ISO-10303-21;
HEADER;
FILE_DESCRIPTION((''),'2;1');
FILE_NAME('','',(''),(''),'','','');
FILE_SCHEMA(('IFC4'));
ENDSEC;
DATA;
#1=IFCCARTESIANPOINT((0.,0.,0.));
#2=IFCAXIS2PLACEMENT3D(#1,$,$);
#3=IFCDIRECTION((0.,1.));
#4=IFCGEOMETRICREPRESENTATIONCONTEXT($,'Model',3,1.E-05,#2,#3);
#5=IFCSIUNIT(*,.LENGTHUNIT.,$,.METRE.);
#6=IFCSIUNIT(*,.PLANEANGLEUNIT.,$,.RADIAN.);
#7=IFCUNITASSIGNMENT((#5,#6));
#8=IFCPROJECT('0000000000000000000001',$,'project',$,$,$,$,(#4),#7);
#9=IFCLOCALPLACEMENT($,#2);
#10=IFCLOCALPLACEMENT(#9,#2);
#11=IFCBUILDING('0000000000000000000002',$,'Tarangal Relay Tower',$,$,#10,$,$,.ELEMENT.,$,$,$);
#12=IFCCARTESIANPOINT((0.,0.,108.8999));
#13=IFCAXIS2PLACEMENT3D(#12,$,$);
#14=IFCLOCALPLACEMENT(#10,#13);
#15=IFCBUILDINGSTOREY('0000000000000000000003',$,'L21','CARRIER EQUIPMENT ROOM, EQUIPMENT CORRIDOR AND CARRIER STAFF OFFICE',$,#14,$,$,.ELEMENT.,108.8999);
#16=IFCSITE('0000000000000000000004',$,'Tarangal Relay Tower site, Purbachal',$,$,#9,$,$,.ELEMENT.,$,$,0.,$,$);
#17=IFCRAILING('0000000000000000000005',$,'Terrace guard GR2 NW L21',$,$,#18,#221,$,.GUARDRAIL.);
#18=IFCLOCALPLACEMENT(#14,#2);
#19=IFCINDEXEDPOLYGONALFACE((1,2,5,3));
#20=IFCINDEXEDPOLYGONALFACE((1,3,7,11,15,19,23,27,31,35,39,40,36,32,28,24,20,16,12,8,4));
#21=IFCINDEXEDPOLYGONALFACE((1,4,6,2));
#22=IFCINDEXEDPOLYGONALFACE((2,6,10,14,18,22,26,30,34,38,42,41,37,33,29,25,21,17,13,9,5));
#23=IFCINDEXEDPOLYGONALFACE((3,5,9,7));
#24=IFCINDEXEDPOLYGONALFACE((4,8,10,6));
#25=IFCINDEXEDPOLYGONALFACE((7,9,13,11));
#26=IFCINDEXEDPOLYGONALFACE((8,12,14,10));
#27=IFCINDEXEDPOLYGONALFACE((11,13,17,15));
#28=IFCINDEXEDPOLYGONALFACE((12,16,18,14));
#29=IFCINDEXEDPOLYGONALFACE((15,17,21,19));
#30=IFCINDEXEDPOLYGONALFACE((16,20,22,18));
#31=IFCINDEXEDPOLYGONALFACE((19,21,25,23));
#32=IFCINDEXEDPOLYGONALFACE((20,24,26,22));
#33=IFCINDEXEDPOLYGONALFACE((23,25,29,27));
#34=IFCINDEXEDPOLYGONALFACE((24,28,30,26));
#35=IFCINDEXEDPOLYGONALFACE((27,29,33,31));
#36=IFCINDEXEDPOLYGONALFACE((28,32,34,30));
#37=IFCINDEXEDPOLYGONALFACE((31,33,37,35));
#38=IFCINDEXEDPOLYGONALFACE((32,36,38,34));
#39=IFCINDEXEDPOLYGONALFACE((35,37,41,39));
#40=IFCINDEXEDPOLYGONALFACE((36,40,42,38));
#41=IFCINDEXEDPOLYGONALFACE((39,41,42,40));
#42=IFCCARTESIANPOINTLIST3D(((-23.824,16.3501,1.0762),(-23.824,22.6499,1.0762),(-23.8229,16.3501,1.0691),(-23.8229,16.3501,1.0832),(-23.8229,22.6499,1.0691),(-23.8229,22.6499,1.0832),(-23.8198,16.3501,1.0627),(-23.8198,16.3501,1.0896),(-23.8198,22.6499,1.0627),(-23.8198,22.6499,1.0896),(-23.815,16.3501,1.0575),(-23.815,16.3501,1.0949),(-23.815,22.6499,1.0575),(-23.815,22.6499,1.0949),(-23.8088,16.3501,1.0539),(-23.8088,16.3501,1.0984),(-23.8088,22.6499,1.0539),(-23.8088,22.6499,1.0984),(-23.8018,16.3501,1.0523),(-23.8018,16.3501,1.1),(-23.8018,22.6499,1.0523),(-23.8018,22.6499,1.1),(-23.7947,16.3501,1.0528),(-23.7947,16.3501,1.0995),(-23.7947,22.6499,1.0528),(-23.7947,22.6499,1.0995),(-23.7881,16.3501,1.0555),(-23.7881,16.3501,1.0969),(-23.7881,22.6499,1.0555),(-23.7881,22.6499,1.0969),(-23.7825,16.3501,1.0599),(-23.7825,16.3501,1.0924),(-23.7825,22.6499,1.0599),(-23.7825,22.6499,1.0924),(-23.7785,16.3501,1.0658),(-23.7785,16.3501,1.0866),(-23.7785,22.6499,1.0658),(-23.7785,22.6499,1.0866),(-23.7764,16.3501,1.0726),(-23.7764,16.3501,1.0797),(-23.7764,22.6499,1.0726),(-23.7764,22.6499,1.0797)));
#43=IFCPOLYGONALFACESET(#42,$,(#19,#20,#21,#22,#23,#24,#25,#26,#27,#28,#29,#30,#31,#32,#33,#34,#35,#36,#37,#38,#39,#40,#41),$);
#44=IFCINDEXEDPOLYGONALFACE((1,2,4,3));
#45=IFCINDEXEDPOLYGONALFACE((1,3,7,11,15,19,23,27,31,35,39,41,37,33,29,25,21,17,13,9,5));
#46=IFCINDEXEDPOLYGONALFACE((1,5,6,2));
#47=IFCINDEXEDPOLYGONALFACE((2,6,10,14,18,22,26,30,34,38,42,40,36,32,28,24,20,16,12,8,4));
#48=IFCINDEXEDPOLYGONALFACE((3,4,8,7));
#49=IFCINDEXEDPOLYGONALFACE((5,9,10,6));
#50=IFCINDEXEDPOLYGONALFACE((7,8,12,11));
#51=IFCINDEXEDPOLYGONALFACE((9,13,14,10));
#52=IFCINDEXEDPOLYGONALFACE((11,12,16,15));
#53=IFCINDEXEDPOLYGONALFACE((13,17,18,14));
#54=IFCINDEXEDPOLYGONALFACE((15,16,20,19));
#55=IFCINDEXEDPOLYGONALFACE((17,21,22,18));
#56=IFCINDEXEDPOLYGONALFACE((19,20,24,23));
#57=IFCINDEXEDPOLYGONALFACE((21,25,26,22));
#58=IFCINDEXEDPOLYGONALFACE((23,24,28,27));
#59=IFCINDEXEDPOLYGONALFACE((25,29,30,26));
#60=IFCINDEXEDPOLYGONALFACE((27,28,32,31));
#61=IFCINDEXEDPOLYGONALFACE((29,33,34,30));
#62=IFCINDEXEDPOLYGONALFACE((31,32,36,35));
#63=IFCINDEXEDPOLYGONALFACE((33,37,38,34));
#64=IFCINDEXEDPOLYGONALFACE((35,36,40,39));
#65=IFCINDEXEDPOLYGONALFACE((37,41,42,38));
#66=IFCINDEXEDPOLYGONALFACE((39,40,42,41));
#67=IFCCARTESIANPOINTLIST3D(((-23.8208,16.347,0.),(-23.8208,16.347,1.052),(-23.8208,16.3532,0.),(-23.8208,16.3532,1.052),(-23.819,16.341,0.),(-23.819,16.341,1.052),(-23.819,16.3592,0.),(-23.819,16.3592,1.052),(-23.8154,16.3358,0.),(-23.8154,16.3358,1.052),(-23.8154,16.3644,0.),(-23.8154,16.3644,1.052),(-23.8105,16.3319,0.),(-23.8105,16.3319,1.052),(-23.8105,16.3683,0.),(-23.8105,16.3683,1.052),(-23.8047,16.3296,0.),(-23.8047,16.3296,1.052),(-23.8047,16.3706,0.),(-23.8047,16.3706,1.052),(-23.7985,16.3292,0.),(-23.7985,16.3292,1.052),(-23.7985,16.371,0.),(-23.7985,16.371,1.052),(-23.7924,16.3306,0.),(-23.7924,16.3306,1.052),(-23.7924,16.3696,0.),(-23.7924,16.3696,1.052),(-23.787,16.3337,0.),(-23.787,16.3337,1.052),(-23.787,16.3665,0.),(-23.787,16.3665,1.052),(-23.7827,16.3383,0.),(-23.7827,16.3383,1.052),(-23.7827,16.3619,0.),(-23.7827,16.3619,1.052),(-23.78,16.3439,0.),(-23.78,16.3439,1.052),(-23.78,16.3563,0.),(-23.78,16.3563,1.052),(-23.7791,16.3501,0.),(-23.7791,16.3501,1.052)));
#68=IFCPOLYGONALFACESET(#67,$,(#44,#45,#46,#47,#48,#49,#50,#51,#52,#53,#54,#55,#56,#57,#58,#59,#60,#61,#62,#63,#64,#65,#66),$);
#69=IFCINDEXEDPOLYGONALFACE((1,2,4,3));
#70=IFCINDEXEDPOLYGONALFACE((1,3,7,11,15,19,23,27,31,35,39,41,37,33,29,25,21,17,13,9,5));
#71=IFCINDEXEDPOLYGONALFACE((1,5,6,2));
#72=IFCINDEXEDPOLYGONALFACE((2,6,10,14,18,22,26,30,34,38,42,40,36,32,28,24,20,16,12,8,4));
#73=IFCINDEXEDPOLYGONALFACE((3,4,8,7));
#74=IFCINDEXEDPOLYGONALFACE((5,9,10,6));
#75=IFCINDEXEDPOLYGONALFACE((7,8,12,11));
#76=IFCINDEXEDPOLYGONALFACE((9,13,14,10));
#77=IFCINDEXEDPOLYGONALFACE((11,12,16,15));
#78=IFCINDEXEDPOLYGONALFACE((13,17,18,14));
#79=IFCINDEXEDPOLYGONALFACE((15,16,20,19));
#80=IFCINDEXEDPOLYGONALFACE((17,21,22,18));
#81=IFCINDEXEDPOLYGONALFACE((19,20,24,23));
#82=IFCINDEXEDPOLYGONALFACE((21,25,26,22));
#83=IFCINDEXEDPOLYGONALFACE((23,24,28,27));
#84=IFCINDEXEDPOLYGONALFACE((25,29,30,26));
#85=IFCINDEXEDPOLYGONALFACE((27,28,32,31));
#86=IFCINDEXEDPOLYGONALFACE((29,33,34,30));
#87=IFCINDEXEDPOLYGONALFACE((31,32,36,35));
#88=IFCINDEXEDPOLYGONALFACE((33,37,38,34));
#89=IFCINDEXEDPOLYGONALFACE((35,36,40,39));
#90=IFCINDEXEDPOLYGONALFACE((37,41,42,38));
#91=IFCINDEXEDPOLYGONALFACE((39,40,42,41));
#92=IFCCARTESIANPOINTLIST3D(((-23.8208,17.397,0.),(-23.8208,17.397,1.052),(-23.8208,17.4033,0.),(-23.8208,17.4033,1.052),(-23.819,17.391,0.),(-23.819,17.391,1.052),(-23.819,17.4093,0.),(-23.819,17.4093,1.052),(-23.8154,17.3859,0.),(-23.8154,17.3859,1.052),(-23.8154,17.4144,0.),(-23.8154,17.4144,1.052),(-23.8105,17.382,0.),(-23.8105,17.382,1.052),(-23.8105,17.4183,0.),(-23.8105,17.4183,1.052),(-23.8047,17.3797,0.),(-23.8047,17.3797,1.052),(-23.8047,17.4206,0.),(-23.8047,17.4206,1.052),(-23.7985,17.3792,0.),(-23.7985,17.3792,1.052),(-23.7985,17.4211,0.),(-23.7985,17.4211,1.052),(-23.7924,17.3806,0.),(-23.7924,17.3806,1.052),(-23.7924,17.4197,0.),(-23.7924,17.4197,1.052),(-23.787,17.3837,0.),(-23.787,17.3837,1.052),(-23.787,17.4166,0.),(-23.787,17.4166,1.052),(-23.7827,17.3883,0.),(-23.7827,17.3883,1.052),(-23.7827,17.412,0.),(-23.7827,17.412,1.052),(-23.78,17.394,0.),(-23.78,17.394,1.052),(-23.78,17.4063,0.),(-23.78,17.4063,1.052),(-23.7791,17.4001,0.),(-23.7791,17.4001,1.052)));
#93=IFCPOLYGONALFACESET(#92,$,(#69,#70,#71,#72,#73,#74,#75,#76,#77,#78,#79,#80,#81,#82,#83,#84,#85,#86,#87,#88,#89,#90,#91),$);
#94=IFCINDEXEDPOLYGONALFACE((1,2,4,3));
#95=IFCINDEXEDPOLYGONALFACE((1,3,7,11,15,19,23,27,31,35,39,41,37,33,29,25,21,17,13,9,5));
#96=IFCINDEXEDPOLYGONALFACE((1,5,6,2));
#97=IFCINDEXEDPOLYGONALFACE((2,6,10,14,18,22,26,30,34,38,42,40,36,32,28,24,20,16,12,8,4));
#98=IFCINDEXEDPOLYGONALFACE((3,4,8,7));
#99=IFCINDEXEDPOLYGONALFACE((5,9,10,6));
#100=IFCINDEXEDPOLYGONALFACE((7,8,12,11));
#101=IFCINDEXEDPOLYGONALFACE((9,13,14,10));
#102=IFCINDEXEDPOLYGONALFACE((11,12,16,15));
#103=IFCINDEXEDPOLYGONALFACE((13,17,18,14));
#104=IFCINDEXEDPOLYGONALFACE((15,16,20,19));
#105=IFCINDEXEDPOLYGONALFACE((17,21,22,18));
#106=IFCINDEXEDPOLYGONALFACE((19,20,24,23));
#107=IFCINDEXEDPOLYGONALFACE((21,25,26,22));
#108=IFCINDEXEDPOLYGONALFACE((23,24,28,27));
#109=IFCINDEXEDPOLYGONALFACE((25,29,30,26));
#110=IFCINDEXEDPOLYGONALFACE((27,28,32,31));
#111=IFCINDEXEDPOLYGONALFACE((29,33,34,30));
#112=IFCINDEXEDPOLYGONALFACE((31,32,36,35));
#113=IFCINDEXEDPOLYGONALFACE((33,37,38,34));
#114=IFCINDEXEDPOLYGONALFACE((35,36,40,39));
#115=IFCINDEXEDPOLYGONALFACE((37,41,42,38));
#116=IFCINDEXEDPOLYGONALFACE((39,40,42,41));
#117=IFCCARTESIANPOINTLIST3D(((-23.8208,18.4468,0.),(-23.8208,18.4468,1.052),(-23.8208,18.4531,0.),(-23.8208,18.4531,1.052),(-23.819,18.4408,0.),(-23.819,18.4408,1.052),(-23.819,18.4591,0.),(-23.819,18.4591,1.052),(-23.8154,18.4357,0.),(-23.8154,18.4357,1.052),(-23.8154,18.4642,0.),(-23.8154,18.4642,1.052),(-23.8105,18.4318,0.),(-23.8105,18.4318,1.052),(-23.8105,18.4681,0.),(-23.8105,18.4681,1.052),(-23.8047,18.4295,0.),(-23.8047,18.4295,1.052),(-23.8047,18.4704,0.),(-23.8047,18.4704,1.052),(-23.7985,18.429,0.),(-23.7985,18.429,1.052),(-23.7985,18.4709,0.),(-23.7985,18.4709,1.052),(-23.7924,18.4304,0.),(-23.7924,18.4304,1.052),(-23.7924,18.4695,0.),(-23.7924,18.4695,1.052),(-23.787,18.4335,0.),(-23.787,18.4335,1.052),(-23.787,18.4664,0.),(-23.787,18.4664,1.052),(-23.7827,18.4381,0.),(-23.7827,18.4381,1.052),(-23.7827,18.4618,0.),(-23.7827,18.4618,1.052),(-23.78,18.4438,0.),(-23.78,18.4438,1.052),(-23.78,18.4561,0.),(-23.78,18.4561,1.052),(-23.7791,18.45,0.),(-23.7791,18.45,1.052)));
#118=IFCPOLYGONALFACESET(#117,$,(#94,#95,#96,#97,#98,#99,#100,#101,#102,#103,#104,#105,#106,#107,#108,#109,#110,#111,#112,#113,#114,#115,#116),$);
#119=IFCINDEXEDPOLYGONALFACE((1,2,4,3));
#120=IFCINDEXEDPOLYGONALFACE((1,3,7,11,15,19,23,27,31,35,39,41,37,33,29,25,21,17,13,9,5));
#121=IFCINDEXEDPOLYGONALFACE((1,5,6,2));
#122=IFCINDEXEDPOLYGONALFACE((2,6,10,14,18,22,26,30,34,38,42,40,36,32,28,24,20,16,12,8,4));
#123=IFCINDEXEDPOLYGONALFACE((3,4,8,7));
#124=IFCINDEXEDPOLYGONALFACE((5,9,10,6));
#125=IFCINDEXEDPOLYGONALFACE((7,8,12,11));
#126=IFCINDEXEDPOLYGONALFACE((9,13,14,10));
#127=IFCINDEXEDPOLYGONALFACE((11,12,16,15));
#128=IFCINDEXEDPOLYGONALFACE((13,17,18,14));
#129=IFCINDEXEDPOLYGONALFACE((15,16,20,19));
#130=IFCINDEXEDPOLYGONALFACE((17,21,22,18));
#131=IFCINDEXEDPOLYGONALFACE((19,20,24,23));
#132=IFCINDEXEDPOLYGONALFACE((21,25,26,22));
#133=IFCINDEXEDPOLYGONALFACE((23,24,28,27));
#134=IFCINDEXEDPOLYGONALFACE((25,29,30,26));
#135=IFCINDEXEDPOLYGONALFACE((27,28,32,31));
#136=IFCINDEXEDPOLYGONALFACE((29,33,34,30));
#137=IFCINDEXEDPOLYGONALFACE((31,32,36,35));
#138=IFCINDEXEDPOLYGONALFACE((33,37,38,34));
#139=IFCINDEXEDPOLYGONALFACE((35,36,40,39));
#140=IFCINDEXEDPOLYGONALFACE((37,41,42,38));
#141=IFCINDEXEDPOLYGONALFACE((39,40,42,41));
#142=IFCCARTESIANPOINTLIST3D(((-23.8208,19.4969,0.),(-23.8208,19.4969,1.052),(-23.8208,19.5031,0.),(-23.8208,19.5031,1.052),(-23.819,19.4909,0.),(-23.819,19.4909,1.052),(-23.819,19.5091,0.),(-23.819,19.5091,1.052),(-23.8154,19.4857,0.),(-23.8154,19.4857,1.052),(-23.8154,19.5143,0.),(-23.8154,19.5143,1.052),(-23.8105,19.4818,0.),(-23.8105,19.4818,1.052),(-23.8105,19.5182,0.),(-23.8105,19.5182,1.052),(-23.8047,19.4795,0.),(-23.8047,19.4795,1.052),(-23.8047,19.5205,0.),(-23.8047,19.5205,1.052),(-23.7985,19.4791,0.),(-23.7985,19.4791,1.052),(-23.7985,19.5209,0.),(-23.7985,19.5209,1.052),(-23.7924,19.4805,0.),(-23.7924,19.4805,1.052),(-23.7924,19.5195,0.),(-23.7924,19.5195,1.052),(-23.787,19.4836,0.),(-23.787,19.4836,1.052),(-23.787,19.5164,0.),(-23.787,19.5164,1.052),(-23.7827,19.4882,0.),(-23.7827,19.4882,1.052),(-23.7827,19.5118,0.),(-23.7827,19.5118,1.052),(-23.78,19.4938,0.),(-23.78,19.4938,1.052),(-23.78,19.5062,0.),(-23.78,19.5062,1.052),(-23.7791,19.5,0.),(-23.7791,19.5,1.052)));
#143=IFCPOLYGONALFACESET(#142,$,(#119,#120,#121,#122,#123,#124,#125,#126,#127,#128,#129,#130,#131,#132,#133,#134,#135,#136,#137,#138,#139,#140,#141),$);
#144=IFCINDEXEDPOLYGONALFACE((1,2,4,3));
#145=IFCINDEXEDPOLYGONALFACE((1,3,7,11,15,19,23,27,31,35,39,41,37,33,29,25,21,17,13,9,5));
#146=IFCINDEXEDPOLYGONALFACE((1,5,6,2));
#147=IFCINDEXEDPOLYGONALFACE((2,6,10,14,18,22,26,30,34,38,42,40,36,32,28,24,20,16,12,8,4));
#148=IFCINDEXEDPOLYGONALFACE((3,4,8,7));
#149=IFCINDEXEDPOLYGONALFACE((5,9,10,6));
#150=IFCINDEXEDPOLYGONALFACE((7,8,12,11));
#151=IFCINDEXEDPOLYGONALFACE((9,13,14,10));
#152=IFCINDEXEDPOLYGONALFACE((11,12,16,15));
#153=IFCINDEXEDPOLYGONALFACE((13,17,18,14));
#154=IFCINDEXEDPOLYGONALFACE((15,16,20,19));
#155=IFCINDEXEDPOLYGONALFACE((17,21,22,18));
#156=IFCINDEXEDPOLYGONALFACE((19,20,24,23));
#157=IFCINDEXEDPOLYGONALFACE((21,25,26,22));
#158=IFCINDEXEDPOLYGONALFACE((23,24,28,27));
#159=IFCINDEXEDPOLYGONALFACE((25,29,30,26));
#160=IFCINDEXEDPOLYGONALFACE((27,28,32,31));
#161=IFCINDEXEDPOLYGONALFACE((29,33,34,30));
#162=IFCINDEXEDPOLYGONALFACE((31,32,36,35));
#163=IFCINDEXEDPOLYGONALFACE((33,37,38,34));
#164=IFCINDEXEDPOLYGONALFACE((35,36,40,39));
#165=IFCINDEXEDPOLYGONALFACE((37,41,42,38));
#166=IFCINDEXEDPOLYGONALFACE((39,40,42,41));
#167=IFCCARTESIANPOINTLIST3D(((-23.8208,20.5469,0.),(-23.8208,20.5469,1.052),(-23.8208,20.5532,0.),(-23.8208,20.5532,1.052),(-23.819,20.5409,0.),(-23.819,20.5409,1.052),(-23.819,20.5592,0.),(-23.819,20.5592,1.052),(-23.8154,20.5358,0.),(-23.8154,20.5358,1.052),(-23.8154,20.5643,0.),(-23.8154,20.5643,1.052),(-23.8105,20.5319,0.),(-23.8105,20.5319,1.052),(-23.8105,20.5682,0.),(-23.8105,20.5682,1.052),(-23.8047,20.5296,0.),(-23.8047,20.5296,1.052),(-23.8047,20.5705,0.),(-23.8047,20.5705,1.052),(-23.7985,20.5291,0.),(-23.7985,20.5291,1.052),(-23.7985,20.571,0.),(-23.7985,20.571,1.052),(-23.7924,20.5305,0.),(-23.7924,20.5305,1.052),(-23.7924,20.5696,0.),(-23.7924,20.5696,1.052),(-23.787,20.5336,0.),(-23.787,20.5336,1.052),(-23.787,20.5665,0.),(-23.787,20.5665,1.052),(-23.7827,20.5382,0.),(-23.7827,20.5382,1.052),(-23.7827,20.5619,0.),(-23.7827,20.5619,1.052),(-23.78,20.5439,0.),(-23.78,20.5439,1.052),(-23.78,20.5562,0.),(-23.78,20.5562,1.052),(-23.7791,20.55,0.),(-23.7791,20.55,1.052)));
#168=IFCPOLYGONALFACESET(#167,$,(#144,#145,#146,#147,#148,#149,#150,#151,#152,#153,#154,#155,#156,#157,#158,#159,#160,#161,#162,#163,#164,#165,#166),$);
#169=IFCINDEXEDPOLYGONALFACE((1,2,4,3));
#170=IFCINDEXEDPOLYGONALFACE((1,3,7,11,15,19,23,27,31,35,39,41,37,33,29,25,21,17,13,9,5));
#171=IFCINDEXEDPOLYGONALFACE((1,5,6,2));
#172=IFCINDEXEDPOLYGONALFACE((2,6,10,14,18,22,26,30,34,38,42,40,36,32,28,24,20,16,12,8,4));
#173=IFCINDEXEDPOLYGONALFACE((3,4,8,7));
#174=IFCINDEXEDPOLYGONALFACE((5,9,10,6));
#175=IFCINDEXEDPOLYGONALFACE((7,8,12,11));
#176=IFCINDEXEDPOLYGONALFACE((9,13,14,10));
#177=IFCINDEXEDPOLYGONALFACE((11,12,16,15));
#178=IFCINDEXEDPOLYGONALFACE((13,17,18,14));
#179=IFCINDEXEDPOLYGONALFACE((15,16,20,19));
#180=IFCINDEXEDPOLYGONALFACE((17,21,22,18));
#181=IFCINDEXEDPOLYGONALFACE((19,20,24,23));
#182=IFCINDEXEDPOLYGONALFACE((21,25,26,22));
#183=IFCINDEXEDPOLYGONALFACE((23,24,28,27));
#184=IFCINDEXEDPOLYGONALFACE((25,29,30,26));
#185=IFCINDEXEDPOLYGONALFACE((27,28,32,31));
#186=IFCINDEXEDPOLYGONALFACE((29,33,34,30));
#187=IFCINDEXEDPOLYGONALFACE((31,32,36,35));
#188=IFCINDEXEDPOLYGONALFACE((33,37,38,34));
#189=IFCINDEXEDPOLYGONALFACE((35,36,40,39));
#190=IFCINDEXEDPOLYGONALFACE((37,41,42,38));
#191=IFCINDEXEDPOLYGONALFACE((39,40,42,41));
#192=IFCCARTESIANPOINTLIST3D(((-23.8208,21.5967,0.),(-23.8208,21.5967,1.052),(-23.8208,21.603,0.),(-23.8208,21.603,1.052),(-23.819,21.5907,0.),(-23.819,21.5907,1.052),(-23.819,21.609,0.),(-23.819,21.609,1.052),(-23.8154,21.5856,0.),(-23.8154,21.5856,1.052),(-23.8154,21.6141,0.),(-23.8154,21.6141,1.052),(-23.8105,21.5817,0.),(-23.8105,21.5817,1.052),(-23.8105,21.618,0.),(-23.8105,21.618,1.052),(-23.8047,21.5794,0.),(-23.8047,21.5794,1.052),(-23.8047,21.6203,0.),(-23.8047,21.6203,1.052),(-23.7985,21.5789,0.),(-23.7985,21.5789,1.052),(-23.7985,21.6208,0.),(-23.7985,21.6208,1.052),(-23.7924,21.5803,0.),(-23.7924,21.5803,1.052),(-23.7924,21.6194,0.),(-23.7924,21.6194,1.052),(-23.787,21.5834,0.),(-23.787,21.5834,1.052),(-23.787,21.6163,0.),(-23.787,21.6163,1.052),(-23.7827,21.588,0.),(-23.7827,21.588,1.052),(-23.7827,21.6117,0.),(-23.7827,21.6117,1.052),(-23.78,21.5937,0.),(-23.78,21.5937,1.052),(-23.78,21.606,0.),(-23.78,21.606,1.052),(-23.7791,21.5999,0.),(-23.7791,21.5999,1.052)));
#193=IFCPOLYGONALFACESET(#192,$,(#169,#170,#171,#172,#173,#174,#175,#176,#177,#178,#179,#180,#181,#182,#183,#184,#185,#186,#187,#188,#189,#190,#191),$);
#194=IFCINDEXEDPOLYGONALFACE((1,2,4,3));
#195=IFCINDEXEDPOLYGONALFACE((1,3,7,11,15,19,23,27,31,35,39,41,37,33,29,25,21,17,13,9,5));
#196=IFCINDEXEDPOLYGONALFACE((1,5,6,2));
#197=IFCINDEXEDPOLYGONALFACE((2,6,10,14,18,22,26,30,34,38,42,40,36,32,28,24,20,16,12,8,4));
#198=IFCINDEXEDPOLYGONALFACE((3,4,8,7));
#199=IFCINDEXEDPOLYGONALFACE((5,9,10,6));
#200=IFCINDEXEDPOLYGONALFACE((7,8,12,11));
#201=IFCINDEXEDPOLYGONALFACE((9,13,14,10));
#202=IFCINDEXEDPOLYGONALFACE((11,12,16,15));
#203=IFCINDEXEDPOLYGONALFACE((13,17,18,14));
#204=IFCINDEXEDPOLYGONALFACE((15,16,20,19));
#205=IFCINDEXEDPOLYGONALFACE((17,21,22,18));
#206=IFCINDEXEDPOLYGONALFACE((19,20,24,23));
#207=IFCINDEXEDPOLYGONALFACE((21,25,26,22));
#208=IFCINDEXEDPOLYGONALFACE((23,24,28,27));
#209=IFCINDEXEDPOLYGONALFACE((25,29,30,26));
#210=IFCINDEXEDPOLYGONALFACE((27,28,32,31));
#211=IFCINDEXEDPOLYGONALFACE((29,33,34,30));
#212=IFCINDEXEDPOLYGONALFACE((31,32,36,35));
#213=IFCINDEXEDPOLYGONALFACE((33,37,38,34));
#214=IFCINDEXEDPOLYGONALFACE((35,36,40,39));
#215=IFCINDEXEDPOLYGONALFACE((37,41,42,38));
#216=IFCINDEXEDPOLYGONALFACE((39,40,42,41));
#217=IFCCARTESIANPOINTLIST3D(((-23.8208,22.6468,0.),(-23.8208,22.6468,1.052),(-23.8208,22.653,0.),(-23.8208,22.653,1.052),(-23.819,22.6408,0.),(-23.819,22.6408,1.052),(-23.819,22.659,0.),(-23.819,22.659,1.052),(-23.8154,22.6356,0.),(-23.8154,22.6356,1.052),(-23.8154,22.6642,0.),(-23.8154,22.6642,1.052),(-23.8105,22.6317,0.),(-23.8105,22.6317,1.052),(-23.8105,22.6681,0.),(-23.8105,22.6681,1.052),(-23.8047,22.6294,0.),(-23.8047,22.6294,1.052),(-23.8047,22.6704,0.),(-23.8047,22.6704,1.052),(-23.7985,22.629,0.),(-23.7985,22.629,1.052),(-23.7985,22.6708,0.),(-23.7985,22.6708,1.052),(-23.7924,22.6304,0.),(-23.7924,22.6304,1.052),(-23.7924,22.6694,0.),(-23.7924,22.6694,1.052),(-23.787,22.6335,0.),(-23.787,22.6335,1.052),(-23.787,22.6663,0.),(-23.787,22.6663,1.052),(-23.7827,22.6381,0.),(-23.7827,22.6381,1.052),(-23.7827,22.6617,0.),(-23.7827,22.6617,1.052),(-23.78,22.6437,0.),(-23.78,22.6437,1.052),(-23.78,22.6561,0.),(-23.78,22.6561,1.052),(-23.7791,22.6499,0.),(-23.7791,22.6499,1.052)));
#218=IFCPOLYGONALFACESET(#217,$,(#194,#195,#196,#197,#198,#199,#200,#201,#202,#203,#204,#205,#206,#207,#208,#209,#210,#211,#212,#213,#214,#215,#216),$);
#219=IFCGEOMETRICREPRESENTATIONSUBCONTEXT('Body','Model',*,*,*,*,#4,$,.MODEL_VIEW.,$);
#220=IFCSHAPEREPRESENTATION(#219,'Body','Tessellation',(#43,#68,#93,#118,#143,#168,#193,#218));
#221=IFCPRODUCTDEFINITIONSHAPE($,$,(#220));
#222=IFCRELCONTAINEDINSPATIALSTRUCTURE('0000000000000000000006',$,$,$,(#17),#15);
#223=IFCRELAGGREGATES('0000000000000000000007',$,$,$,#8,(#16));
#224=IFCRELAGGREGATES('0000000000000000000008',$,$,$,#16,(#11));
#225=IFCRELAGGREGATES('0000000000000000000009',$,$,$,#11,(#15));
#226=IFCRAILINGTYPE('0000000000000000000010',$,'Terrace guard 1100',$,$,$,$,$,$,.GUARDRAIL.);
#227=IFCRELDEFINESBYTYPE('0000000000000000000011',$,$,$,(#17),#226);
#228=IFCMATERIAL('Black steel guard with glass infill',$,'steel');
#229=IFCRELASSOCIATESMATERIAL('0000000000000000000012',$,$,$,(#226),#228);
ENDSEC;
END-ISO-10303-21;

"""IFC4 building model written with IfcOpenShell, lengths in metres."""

from ifc_helpers import new_model, si_unit, direction, frame, origin, origin_2d, place, context, subcontext, project, spatial, circle, extrude, material, type_object, element, save


model = new_model("IFC4")

# Units and contexts
model_context = context("Model", 3, precision=1e-05, world=origin(), true_north=direction((0.0, 1.0)))
body_context = subcontext(model_context, "Body", "Model", "MODEL_VIEW")
ifc_project = project(units=[si_unit("LENGTHUNIT", "METRE"), si_unit("PLANEANGLEUNIT", "RADIAN")], contexts=[model_context])

# Site, building, storey
site_placement = place(None, origin())
site = spatial("IfcSite", under=ifc_project, at=site_placement, Name="Tarangal Relay Tower site, Purbachal", CompositionType="ELEMENT", RefElevation=0.0)
building_placement = place(site_placement, origin())
building = spatial("IfcBuilding", under=site, at=building_placement, Name="Tarangal Relay Tower", CompositionType="ELEMENT")
storey_placement = place(building_placement, frame((0.0, 0.0, 108.8999)))
storey = spatial("IfcBuildingStorey", under=building, at=storey_placement, Name="L21", Description="CARRIER EQUIPMENT ROOM, EQUIPMENT CORRIDOR AND CARRIER STAFF OFFICE", CompositionType="ELEMENT", Elevation=108.8999)

# Railing
ifc_material_1 = material(Name="Black steel guard with glass infill", Category="steel")
railing_type = type_object("IfcRailingType", Name="Terrace guard 1100", PredefinedType="GUARDRAIL", material=ifc_material_1)
railing_1_placement = place(storey_placement, frame((-23.8, 16.3501, 0.0)))
element("IfcRailing", 1, at=railing_1_placement, inside=storey, type_object=railing_type, Name="Terrace guard GR2 NW L21", PredefinedType="GUARDRAIL", context=body_context, shape_type="SweptSolid", body=[
    extrude(circle(Radius=0.0239, at=origin_2d()), frame((0.0, 0.0, 1.0762), z_axis=(0.0, 1.0, 0.0), x_axis=(-1.0, 0.0, 0.0)), (0.0, 0.0, 1.0), 6.2998),
    extrude(circle(Radius=0.021, at=origin_2d()), origin(), (0.0, 0.0, 1.0), 1.052),
    extrude(circle(Radius=0.021, at=origin_2d()), frame((0.0, 1.05, 0.0)), (0.0, 0.0, 1.0), 1.052),
    extrude(circle(Radius=0.021, at=origin_2d()), frame((0.0, 2.0999, 0.0)), (0.0, 0.0, 1.0), 1.052),
    extrude(circle(Radius=0.021, at=origin_2d()), frame((0.0, 3.1499, 0.0)), (0.0, 0.0, 1.0), 1.052),
    extrude(circle(Radius=0.021, at=origin_2d()), frame((0.0, 4.2, 0.0)), (0.0, 0.0, 1.0), 1.052),
    extrude(circle(Radius=0.021, at=origin_2d()), frame((0.0, 5.2498, 0.0)), (0.0, 0.0, 1.0), 1.052),
    extrude(circle(Radius=0.021, at=origin_2d()), frame((0.0, 6.2998, 0.0)), (0.0, 0.0, 1.0), 1.052),
])

save(model, "model.ifc")
